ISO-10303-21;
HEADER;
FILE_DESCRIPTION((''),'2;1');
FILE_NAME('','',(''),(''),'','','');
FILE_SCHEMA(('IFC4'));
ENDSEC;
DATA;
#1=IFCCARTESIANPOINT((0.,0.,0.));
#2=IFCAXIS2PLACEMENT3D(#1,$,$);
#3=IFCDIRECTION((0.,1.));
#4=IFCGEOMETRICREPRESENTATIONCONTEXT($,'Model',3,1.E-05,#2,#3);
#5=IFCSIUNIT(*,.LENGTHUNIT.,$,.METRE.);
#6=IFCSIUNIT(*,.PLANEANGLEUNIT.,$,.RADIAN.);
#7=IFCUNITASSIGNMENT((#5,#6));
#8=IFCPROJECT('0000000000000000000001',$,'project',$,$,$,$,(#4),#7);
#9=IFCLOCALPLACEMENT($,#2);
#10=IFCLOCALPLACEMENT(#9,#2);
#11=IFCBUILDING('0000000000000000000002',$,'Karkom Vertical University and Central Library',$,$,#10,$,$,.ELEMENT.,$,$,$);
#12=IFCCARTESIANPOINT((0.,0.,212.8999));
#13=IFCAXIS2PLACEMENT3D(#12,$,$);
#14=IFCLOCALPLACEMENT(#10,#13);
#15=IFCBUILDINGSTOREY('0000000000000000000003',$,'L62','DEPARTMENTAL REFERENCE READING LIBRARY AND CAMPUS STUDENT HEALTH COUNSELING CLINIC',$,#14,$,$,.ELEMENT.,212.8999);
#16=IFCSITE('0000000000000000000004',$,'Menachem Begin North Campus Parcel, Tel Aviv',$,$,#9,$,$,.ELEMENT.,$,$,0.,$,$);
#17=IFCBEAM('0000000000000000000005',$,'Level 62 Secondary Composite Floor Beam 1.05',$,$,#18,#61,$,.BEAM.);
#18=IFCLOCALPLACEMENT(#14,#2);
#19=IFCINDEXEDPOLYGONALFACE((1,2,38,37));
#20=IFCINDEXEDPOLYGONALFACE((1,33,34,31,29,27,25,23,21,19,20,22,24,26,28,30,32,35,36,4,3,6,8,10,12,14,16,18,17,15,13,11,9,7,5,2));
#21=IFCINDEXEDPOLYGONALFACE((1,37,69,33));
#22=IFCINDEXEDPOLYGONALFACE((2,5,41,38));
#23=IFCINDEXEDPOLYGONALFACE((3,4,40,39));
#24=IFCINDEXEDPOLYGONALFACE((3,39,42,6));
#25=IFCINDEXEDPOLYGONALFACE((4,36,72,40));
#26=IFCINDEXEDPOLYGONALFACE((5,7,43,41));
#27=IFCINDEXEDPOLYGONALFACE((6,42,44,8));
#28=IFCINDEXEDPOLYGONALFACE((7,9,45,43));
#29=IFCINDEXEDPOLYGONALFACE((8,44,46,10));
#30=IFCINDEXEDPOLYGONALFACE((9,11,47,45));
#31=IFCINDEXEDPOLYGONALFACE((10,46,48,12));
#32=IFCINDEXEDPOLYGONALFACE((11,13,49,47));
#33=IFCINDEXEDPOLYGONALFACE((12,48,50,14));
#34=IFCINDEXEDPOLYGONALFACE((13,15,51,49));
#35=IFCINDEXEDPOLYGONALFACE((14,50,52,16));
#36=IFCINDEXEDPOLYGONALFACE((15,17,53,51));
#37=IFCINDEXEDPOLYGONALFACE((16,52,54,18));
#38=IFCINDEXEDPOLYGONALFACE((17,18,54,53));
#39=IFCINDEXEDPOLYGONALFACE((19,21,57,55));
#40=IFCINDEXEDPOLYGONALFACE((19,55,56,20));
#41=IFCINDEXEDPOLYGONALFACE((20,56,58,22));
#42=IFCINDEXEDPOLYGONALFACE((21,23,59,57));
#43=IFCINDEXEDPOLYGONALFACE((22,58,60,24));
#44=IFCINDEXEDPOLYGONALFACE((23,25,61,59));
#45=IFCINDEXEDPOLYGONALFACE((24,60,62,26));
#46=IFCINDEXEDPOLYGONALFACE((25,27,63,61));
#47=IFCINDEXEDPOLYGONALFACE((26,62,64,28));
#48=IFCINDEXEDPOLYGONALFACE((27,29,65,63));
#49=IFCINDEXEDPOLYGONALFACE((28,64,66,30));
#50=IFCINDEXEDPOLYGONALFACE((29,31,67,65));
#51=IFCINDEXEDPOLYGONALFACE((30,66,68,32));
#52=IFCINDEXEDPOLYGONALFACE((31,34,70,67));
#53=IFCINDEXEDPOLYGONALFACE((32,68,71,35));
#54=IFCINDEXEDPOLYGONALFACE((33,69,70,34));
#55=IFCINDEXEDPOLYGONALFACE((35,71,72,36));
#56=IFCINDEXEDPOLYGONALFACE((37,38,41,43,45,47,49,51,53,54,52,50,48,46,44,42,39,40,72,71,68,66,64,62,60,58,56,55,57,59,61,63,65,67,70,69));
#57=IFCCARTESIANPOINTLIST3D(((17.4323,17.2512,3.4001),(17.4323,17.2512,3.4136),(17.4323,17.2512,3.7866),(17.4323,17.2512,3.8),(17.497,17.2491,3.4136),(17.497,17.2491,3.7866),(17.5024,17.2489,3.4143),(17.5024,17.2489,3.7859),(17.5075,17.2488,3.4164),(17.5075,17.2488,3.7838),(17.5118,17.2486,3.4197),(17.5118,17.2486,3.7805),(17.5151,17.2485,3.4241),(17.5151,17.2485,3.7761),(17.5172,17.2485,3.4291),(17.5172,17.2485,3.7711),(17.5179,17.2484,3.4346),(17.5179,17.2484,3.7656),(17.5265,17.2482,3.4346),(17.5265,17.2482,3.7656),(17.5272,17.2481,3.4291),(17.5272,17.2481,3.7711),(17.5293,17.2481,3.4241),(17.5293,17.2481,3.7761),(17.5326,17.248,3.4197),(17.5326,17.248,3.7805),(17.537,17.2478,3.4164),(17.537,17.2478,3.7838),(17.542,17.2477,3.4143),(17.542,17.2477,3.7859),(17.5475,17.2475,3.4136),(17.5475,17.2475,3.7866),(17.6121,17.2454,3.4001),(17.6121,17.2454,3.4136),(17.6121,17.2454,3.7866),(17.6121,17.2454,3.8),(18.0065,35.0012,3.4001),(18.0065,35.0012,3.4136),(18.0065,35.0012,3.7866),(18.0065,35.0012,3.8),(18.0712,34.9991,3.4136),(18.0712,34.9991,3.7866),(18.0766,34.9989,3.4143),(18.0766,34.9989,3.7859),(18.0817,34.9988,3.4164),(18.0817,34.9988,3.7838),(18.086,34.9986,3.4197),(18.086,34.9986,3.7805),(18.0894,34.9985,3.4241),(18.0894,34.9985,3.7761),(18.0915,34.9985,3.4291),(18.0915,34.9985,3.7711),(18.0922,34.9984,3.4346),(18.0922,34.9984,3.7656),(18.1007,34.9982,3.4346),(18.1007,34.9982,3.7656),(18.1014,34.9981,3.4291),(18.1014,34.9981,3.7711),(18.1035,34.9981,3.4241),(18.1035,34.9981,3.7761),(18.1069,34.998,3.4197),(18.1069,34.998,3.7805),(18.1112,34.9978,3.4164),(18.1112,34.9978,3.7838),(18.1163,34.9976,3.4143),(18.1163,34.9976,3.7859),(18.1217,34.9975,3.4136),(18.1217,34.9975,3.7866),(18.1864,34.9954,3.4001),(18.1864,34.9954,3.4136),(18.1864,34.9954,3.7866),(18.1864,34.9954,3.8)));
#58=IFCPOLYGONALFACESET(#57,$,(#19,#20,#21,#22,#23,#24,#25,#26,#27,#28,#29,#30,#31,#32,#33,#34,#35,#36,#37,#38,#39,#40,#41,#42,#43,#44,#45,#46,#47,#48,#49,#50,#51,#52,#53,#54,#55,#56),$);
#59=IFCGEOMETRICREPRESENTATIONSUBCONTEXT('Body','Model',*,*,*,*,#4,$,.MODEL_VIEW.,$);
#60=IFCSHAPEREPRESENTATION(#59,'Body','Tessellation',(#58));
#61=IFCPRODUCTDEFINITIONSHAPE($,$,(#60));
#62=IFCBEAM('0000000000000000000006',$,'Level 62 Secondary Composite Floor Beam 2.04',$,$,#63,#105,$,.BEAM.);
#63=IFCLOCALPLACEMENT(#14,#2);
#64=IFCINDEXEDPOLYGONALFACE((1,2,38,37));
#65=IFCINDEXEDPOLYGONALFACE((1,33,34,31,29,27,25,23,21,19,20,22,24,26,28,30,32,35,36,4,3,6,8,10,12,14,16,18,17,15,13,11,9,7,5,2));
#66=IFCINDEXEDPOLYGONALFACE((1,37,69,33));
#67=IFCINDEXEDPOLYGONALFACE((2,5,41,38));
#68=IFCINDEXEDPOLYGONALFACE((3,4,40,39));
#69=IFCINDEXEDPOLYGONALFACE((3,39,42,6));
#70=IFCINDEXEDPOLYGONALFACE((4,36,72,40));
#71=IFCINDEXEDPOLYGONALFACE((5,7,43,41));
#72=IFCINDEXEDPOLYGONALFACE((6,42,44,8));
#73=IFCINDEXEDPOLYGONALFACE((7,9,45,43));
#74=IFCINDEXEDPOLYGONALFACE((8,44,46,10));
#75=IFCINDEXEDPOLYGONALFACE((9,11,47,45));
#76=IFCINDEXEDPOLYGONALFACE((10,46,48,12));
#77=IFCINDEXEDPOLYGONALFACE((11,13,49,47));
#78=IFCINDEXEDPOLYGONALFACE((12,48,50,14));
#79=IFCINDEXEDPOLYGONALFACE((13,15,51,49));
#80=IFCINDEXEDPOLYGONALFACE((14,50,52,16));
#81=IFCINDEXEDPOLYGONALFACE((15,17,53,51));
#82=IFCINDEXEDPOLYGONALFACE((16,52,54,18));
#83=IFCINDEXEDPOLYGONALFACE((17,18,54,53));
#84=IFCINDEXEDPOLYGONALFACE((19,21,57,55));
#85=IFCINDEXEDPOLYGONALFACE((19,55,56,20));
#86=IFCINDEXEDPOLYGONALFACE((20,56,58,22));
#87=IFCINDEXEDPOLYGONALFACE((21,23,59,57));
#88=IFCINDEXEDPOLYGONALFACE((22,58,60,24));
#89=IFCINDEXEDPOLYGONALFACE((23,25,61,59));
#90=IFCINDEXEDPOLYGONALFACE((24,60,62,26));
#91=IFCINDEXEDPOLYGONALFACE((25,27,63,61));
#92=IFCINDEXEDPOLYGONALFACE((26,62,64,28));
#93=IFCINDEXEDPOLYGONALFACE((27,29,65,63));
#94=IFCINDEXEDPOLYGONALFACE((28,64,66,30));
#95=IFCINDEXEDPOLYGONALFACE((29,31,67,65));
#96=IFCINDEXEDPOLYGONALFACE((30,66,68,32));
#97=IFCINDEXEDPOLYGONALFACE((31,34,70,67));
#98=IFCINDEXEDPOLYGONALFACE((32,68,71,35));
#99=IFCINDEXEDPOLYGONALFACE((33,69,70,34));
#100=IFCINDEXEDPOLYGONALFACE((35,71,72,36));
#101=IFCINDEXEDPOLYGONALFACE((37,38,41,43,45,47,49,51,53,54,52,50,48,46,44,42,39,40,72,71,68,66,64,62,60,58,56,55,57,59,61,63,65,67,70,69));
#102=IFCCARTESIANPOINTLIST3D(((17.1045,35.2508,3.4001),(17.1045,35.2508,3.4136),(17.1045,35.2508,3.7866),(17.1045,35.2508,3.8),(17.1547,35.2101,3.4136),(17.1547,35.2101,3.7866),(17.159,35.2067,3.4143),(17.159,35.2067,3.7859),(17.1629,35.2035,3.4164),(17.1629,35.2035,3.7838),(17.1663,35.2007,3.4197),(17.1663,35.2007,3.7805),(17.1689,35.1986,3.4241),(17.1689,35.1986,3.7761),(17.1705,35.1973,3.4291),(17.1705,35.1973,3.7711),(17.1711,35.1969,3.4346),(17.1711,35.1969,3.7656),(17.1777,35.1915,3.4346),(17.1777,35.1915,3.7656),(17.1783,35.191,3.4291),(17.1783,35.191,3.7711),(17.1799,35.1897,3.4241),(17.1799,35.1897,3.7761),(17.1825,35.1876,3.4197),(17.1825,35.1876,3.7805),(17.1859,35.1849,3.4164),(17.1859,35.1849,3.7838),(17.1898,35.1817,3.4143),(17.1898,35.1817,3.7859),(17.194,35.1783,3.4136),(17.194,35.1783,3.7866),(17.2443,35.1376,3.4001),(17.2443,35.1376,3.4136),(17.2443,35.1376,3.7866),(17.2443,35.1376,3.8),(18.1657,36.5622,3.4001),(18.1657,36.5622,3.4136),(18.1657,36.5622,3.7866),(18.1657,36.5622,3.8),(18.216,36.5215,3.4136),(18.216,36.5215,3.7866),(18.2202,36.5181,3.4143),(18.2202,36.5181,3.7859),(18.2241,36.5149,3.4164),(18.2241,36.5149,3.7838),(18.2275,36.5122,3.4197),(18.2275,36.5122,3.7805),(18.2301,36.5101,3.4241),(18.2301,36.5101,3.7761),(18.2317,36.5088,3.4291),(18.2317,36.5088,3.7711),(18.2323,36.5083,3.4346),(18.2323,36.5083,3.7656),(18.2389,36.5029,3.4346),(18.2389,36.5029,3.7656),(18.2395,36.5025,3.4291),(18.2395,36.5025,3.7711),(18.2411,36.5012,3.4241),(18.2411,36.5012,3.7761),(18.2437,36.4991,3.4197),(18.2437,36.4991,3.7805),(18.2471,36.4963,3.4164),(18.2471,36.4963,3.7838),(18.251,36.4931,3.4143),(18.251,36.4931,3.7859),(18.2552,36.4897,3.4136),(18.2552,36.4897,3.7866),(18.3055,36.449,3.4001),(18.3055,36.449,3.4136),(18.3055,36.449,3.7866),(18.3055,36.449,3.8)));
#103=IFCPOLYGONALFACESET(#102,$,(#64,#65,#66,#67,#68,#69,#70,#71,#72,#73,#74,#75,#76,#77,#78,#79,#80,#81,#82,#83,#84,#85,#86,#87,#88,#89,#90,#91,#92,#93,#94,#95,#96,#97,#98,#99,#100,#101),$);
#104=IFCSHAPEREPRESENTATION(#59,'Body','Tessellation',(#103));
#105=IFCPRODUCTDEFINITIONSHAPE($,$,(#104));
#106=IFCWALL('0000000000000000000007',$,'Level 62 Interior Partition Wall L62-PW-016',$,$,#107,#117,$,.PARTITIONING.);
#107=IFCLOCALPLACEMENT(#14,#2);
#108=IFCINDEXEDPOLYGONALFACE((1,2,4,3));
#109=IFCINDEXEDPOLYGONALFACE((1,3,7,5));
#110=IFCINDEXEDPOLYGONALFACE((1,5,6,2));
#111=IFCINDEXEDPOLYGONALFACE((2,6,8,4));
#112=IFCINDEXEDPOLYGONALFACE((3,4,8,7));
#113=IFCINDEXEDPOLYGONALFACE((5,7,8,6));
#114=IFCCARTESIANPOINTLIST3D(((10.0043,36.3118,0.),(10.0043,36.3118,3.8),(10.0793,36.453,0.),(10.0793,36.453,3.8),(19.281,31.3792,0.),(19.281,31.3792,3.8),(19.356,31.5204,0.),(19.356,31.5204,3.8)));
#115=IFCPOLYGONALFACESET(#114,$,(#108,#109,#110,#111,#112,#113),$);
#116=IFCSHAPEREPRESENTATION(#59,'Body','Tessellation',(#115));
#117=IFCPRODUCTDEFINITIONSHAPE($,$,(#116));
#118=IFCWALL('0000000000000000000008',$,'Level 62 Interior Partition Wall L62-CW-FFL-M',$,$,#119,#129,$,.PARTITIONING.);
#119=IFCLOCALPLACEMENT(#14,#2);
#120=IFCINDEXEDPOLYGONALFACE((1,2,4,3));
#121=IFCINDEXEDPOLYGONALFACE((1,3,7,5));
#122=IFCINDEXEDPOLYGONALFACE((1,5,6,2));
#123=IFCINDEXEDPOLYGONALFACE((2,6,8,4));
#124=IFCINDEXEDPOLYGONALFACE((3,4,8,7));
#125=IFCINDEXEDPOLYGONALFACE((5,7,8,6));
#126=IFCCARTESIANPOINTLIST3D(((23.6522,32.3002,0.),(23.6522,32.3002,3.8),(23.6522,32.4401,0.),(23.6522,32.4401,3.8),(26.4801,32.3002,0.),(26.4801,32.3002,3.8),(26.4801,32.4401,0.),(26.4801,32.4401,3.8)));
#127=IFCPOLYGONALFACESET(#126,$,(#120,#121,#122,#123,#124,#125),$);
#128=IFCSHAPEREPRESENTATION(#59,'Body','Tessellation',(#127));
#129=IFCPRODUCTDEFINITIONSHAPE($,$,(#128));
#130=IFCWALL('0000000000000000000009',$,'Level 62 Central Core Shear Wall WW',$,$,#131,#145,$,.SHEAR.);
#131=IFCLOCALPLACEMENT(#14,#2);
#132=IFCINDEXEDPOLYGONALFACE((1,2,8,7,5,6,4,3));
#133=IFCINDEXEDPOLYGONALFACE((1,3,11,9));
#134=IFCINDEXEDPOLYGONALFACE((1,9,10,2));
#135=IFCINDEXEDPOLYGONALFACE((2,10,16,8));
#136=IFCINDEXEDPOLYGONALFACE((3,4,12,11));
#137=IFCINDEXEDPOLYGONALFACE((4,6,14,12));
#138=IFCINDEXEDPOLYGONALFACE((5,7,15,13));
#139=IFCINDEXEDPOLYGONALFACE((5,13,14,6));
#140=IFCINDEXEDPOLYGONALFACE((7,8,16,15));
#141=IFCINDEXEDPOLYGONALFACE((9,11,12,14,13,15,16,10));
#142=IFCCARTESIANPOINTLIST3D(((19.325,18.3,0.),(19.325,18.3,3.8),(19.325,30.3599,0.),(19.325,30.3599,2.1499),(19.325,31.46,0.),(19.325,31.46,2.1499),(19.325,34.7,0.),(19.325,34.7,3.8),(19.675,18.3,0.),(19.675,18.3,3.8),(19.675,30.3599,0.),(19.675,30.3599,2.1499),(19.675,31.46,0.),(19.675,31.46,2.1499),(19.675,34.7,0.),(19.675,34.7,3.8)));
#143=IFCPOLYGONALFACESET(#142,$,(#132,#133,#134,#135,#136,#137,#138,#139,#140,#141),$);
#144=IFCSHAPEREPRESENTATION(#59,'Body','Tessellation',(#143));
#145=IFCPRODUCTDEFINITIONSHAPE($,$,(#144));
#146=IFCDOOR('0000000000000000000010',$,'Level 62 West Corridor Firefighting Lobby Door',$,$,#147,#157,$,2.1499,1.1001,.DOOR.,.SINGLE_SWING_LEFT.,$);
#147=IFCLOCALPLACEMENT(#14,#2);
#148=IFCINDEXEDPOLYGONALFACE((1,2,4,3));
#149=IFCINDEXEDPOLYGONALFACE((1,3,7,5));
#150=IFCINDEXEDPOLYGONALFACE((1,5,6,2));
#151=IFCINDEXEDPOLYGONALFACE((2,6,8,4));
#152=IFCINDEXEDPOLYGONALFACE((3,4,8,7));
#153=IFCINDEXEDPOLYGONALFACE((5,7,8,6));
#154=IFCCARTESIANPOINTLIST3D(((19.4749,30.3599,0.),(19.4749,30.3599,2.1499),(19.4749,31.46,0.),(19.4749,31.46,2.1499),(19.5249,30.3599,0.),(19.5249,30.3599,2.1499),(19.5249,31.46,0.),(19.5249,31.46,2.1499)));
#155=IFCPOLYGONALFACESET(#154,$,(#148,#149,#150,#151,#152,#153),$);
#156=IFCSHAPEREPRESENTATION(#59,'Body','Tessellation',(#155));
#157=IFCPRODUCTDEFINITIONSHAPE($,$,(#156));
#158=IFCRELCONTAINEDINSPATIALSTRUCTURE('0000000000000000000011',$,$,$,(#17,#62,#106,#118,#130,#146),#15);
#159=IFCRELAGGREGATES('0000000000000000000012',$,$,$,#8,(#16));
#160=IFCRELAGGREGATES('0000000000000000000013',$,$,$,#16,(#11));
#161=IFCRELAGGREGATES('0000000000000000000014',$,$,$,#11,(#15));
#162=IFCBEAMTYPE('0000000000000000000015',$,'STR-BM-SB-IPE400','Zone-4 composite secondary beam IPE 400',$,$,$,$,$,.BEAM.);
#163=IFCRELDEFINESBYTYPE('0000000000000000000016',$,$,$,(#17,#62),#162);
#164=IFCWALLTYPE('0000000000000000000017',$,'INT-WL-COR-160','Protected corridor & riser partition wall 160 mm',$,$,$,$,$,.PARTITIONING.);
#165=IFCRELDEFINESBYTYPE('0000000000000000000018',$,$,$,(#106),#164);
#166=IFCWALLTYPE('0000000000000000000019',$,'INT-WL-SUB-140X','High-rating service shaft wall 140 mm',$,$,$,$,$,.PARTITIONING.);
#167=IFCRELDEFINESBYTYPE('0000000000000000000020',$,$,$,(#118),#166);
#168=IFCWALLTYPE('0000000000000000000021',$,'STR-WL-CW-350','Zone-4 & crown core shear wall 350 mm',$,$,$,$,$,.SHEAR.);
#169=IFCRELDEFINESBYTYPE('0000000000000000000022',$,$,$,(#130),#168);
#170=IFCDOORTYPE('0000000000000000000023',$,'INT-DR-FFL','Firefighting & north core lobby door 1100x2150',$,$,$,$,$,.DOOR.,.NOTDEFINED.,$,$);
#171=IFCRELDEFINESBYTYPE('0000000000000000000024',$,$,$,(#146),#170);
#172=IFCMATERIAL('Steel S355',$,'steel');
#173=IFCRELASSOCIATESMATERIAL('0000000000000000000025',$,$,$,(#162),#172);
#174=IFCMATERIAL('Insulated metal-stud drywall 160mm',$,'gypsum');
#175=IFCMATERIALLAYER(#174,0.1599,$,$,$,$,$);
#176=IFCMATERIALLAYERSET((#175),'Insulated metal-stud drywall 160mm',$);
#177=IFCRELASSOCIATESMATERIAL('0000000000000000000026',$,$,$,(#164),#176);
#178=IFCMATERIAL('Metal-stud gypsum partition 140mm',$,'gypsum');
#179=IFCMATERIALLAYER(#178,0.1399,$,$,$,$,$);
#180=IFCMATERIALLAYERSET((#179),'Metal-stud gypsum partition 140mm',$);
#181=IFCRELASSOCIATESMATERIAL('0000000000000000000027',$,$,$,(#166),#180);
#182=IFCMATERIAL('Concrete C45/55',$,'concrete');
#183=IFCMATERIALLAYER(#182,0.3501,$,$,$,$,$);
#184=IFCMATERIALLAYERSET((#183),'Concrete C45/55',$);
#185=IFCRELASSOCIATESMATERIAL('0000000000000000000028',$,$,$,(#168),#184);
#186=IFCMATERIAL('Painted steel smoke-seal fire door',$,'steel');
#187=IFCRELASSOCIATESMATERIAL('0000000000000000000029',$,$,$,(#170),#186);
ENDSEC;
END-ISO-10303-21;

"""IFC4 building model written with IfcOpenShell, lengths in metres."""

from ifc_helpers import new_model, si_unit, direction, frame, frame_2d, origin, origin_with_axes, origin_2d, place, context, subcontext, project, spatial, rectangle, i_section, extrude, source, transform, mapped, material, layer, layer_set, material_profile, profile_set, type_object, element, fill, save


model = new_model("IFC4")

# Units and contexts
model_context = context("Model", 3, precision=1e-05, world=origin(), true_north=direction((0.0, 1.0)))
body_context = subcontext(model_context, "Body", "Model", "MODEL_VIEW")
ifc_project = project(units=[si_unit("LENGTHUNIT", "METRE"), si_unit("PLANEANGLEUNIT", "RADIAN")], contexts=[model_context])

# Site, building, storey
site_placement = place(None, origin())
site = spatial("IfcSite", under=ifc_project, at=site_placement, Name="Menachem Begin North Campus Parcel, Tel Aviv", CompositionType="ELEMENT", RefElevation=0.0)
building_placement = place(site_placement, origin())
building = spatial("IfcBuilding", under=site, at=building_placement, Name="Karkom Vertical University and Central Library", CompositionType="ELEMENT")
storey_placement = place(building_placement, frame((0.0, 0.0, 212.8999)))
storey = spatial("IfcBuildingStorey", under=building, at=storey_placement, Name="L62", Description="DEPARTMENTAL REFERENCE READING LIBRARY AND CAMPUS STUDENT HEALTH COUNSELING CLINIC", CompositionType="ELEMENT", Elevation=212.8999)

# Shared definitions
ifc_material_1 = material(Name="Concrete C45/55", Category="concrete")

# Beams
ifc_material_2 = material(Name="Steel S355", Category="steel")
ifc_material_profile_1 = material_profile(ifc_material_2, i_section(OverallWidth=0.1799, OverallDepth=0.3999, WebThickness=0.0085, FlangeThickness=0.0134, FilletRadius=0.021, at=origin_2d()), Name="IPE 400")
ifc_profile_set_1 = profile_set([ifc_material_profile_1], Name="Steel S355")
beam_type_1 = type_object("IfcBeamType", Name="STR-BM-SB-IPE400", Description="Zone-4 composite secondary beam IPE 400", PredefinedType="BEAM", material=ifc_profile_set_1)
shared_shape_1 = source(origin_with_axes(), body_context, "Body", "SweptSolid", [
    extrude(i_section(OverallWidth=0.1799, OverallDepth=0.3999, WebThickness=0.0085, FlangeThickness=0.0134, FilletRadius=0.021, at=origin_2d()), origin(), (0.0, 0.0, 1.0), 17.7593),
])
beam_1_placement = place(storey_placement, frame((18.0964, 34.9983, 3.6001), z_axis=(-0.032333, -0.999477, 0.0), x_axis=(0.999477, -0.032333, 0.0)))
element("IfcBeam", 1, at=beam_1_placement, inside=storey, type_object=beam_type_1, Name="Level 62 Secondary Composite Floor Beam 1.05", PredefinedType="BEAM", context=body_context, shape_type="MappedRepresentation", body=[
    mapped(shared_shape_1, transform((0.0, 0.0, 0.0), scale=1.0)),
])
shared_shape_2 = source(origin_with_axes(), body_context, "Body", "SweptSolid", [
    extrude(i_section(OverallWidth=0.1799, OverallDepth=0.3999, WebThickness=0.0085, FlangeThickness=0.0134, FilletRadius=0.021, at=origin_2d()), origin(), (0.0, 0.0, 1.0), 1.687),
])
beam_2_placement = place(storey_placement, frame((18.2356, 36.5056, 3.6001), z_axis=(-0.629044, -0.77737, 0.0), x_axis=(0.77737, -0.629044, 0.0)))
element("IfcBeam", 2, at=beam_2_placement, inside=storey, type_object=beam_type_1, Name="Level 62 Secondary Composite Floor Beam 2.04", PredefinedType="BEAM", context=body_context, shape_type="MappedRepresentation", body=[
    mapped(shared_shape_2, transform((0.0, 0.0, 0.0), scale=1.0)),
])

# Walls
ifc_material_3 = material(Name="Insulated metal-stud drywall 160mm", Category="gypsum")
ifc_layer_1 = layer(ifc_material_3, 0.1599)
ifc_layer_set_1 = layer_set([ifc_layer_1], Name="Insulated metal-stud drywall 160mm")
wall_type_1 = type_object("IfcWallType", Name="INT-WL-COR-160", Description="Protected corridor & riser partition wall 160 mm", PredefinedType="PARTITIONING", material=ifc_layer_set_1)
wall_1_placement = place(storey_placement, frame((19.3186, 31.4497, 0.0), z_axis=(0.0, 0.0, 1.0), x_axis=(-0.882941, 0.469483, 0.0)))
element("IfcWall", 3, at=wall_1_placement, inside=storey, type_object=wall_type_1, Name="Level 62 Interior Partition Wall L62-PW-016", PredefinedType="PARTITIONING", context=body_context, shape_type="SweptSolid", body=[
    extrude(rectangle(XDim=10.5066, YDim=0.1599, at=frame_2d((5.2534, 0.0))), origin(), (0.0, 0.0, 1.0), 3.8),
])
ifc_material_4 = material(Name="Metal-stud gypsum partition 140mm", Category="gypsum")
ifc_layer_2 = layer(ifc_material_4, 0.1399)
ifc_layer_set_2 = layer_set([ifc_layer_2], Name="Metal-stud gypsum partition 140mm")
wall_type_2 = type_object("IfcWallType", Name="INT-WL-SUB-140X", Description="High-rating service shaft wall 140 mm", PredefinedType="PARTITIONING", material=ifc_layer_set_2)
wall_2_placement = place(storey_placement, frame((23.6521, 32.3701, 0.0), z_axis=(0.0, 0.0, 1.0), x_axis=(1.0, 0.0, 0.0)))
element("IfcWall", 4, at=wall_2_placement, inside=storey, type_object=wall_type_2, Name="Level 62 Interior Partition Wall L62-CW-FFL-M", PredefinedType="PARTITIONING", context=body_context, shape_type="SweptSolid", body=[
    extrude(rectangle(XDim=2.8279, YDim=0.1399, at=frame_2d((1.4141, 0.0))), origin(), (0.0, 0.0, 1.0), 3.8),
])

# Wall, opening, door
ifc_layer_3 = layer(ifc_material_1, 0.3501)
ifc_layer_set_3 = layer_set([ifc_layer_3], Name="Concrete C45/55")
wall_type_3 = type_object("IfcWallType", Name="STR-WL-CW-350", Description="Zone-4 & crown core shear wall 350 mm", PredefinedType="SHEAR", material=ifc_layer_set_3)
wall_3_placement = place(storey_placement, frame((19.5, 34.7, 0.0), z_axis=(0.0, 0.0, 1.0), x_axis=(0.0, -1.0, 0.0)))
wall_3 = element("IfcWall", 5, at=wall_3_placement, inside=storey, type_object=wall_type_3, Name="Level 62 Central Core Shear Wall WW", PredefinedType="SHEAR", context=body_context, shape_type="SweptSolid", body=[
    extrude(rectangle(XDim=16.3999, YDim=0.3501, at=frame_2d((8.2, 0.0))), origin(), (0.0, 0.0, 1.0), 3.8),
])
opening_1_placement = place(wall_3_placement, frame((3.24, 0.0, 0.0)))
opening_1 = element("IfcOpeningElement", 6, at=opening_1_placement, cuts=wall_3, PredefinedType="OPENING", context=body_context, shape_type="SweptSolid", body=[
    extrude(rectangle(XDim=1.1001, YDim=2.1499, at=frame_2d((0.55, 1.075))), frame((0.0, 0.1851, 0.0), z_axis=(0.0, -1.0, 0.0), x_axis=(1.0, 0.0, 0.0)), (0.0, 0.0, 1.0), 0.3701),
])
ifc_material_5 = material(Name="Painted steel smoke-seal fire door", Category="steel")
door_type_1 = type_object("IfcDoorType", Name="INT-DR-FFL", Description="Firefighting & north core lobby door 1100x2150", OperationType="NOTDEFINED", PredefinedType="DOOR", material=ifc_material_5)
shared_shape_3 = source(origin_with_axes(), body_context, "Body", "SweptSolid", [
    extrude(rectangle(XDim=1.1001, YDim=2.1499, at=frame_2d((0.55, 1.075))), frame((0.0, 0.0249, 0.0), z_axis=(0.0, -1.0, 0.0), x_axis=(1.0, 0.0, 0.0)), (0.0, 0.0, 1.0), 0.05),
])
door_1_placement = place(opening_1_placement, origin())
door_1 = element("IfcDoor", 7, at=door_1_placement, inside=storey, type_object=door_type_1, Name="Level 62 West Corridor Firefighting Lobby Door", OperationType="SINGLE_SWING_LEFT", OverallHeight=2.1499, OverallWidth=1.1001, PredefinedType="DOOR", context=body_context, shape_type="MappedRepresentation", body=[
    mapped(shared_shape_3, transform((0.0, 0.0, 0.0), scale=1.0)),
])
fill(opening_1, door_1)

save(model, "model.ifc")
